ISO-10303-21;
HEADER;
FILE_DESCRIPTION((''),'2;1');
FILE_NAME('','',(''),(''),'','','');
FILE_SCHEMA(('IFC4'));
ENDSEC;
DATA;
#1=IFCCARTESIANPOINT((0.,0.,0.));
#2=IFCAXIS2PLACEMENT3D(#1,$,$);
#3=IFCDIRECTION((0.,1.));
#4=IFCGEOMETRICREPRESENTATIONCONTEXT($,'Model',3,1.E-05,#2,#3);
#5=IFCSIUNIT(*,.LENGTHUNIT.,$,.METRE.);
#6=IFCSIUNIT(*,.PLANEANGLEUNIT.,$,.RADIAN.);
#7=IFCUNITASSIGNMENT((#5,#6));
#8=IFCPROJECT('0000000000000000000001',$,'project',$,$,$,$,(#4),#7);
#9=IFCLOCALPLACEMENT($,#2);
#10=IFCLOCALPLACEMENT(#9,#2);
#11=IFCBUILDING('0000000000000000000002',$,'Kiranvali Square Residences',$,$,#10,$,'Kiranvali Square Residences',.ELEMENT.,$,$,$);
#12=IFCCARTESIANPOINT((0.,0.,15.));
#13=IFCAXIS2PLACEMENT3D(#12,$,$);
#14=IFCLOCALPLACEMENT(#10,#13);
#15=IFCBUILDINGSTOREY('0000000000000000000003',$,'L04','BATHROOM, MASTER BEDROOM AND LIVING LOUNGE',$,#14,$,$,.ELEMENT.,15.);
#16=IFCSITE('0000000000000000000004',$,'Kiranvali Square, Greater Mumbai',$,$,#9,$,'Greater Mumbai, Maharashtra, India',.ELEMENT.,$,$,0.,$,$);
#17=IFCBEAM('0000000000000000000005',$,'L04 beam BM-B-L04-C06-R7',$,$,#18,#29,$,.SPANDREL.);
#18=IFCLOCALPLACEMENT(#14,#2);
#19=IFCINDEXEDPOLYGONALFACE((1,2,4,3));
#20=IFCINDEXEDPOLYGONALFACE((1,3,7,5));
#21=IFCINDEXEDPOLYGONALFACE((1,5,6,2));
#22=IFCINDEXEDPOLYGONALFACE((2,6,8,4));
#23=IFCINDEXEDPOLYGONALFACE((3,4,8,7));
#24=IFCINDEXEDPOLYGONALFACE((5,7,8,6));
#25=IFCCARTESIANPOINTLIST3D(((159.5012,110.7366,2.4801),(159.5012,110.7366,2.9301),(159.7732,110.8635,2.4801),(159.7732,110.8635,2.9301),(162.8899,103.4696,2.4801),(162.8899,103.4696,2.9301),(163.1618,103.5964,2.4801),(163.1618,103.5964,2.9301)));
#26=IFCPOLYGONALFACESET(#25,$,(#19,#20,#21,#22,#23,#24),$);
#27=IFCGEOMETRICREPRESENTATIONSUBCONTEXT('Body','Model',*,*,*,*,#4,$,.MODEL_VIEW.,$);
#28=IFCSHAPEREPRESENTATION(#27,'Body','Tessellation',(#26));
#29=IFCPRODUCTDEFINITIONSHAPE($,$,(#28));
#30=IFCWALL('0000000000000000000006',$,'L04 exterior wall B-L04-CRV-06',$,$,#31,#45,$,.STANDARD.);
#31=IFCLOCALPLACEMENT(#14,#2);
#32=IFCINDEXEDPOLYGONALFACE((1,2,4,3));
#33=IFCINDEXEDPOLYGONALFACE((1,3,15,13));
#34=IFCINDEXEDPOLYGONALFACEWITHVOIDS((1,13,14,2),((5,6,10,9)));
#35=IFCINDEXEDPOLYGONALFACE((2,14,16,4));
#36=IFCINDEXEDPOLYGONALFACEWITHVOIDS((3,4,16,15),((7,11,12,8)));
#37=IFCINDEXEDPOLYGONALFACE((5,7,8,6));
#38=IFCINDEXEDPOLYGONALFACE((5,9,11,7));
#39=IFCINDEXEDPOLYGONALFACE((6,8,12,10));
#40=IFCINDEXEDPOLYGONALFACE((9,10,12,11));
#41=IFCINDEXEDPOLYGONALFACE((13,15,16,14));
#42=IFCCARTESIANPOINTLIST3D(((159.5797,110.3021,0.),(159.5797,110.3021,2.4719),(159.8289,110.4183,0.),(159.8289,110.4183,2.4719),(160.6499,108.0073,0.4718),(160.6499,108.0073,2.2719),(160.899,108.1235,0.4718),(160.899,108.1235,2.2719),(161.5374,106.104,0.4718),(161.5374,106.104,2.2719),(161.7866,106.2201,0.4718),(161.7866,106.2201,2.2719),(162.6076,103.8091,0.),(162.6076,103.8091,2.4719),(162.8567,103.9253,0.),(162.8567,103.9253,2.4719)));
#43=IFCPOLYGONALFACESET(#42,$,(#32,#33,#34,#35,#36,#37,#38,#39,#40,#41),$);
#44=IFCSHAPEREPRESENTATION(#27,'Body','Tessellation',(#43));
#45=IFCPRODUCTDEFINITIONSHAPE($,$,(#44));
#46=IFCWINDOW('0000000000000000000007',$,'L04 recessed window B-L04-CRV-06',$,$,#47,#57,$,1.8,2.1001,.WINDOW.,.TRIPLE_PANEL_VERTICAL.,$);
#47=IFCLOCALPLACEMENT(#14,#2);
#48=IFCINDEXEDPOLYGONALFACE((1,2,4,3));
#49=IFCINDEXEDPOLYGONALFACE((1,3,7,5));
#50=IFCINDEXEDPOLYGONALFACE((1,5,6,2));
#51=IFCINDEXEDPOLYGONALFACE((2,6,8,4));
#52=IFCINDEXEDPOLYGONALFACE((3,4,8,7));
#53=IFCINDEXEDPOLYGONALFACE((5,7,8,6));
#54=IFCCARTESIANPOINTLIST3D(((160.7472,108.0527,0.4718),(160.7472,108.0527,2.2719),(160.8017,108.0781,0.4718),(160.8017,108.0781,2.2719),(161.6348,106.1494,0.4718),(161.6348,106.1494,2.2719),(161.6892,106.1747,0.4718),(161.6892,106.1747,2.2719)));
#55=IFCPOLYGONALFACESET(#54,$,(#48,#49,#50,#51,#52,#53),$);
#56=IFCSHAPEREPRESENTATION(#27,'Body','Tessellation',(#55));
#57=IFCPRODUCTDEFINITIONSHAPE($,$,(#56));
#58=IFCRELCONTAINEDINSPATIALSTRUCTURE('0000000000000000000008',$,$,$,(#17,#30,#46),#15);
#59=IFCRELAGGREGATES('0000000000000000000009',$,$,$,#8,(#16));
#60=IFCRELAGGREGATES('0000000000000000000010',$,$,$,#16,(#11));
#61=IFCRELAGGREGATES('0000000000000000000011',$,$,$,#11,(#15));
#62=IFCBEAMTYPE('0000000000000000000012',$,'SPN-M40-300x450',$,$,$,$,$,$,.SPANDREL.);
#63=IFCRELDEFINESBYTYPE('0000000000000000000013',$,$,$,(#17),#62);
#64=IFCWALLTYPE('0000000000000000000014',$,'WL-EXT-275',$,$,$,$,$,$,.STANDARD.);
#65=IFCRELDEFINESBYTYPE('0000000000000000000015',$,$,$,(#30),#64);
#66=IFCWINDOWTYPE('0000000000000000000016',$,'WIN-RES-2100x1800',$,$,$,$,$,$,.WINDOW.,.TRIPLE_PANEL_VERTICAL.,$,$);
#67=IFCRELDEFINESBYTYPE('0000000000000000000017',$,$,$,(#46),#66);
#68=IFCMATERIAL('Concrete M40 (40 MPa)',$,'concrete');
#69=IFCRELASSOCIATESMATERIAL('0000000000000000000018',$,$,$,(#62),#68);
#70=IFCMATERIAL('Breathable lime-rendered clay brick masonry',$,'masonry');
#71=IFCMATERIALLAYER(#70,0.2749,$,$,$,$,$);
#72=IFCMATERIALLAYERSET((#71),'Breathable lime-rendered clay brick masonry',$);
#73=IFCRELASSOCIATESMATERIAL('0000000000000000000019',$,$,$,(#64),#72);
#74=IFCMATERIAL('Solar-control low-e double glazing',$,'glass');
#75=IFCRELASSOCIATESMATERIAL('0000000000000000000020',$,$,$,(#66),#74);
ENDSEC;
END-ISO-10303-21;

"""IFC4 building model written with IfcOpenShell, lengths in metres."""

from ifc_helpers import new_model, si_unit, direction, frame, frame_2d, origin, origin_2d, place, context, subcontext, project, spatial, rectangle, extrude, material, layer, layer_set, material_profile, profile_set, type_object, element, fill, save


model = new_model("IFC4")

# Units and contexts
model_context = context("Model", 3, precision=1e-05, world=origin(), true_north=direction((0.0, 1.0)))
body_context = subcontext(model_context, "Body", "Model", "MODEL_VIEW")
ifc_project = project(units=[si_unit("LENGTHUNIT", "METRE"), si_unit("PLANEANGLEUNIT", "RADIAN")], contexts=[model_context])

# Site, building, storey
site_placement = place(None, origin())
site = spatial("IfcSite", under=ifc_project, at=site_placement, Name="Kiranvali Square, Greater Mumbai", LongName="Greater Mumbai, Maharashtra, India", CompositionType="ELEMENT", RefElevation=0.0)
building_placement = place(site_placement, origin())
building = spatial("IfcBuilding", under=site, at=building_placement, Name="Kiranvali Square Residences", LongName="Kiranvali Square Residences", CompositionType="ELEMENT")
storey_placement = place(building_placement, frame((0.0, 0.0, 15.0)))
storey = spatial("IfcBuildingStorey", under=building, at=storey_placement, Name="L04", Description="BATHROOM, MASTER BEDROOM AND LIVING LOUNGE", CompositionType="ELEMENT", Elevation=15.0)

# Beam
ifc_material_1 = material(Name="Concrete M40 (40 MPa)", Category="concrete")
ifc_material_profile_1 = material_profile(ifc_material_1, rectangle(XDim=0.3, YDim=0.45, at=origin_2d()), Name="RC 300x450")
ifc_profile_set_1 = profile_set([ifc_material_profile_1], Name="Concrete M40 (40 MPa)")
beam_type_1 = type_object("IfcBeamType", Name="SPN-M40-300x450", PredefinedType="SPANDREL", material=ifc_profile_set_1)
beam_1_placement = place(storey_placement, frame((159.6372, 110.8, 2.7051), z_axis=(0.422615, -0.906309, 0.0), x_axis=(0.906309, 0.422615, 0.0)))
element("IfcBeam", 1, at=beam_1_placement, inside=storey, type_object=beam_type_1, Name="L04 beam BM-B-L04-C06-R7", PredefinedType="SPANDREL", context=body_context, shape_type="SweptSolid", body=[
    extrude(rectangle(XDim=0.3, YDim=0.45, at=origin_2d()), origin(), (0.0, 0.0, 1.0), 8.0183),
])

# Wall, opening, window
ifc_material_2 = material(Name="Breathable lime-rendered clay brick masonry", Category="masonry")
ifc_layer = layer(ifc_material_2, 0.2749)
ifc_layer_set = layer_set([ifc_layer], Name="Breathable lime-rendered clay brick masonry")
wall_type = type_object("IfcWallType", Name="WL-EXT-275", PredefinedType="STANDARD", material=ifc_layer_set)
wall_placement = place(storey_placement, frame((159.7043, 110.3601, 0.0), z_axis=(0.0, 0.0, 1.0), x_axis=(0.422634, -0.906301, 0.0)))
wall = element("IfcWall", 2, at=wall_placement, inside=storey, type_object=wall_type, Name="L04 exterior wall B-L04-CRV-06", PredefinedType="STANDARD", context=body_context, shape_type="SweptSolid", body=[
    extrude(rectangle(XDim=7.1643, YDim=0.2749, at=frame_2d((3.582, 0.0))), origin(), (0.0, 0.0, 1.0), 2.4719),
])
opening_placement = place(wall_placement, frame((2.532, 0.0, 0.4719)))
opening = element("IfcOpeningElement", 3, at=opening_placement, cuts=wall, PredefinedType="OPENING", context=body_context, shape_type="SweptSolid", body=[
    extrude(rectangle(XDim=2.1001, YDim=1.8, at=frame_2d((1.05, 0.8999))), frame((0.0, 0.1475, 0.0), z_axis=(0.0, -1.0, 0.0), x_axis=(1.0, 0.0, 0.0)), (0.0, 0.0, 1.0), 0.2949),
])
ifc_material_3 = material(Name="Solar-control low-e double glazing", Category="glass")
window_type = type_object("IfcWindowType", Name="WIN-RES-2100x1800", PartitioningType="TRIPLE_PANEL_VERTICAL", PredefinedType="WINDOW", material=ifc_material_3)
window_placement = place(opening_placement, origin())
window = element("IfcWindow", 4, at=window_placement, inside=storey, type_object=window_type, Name="L04 recessed window B-L04-CRV-06", OverallHeight=1.8, OverallWidth=2.1001, PartitioningType="TRIPLE_PANEL_VERTICAL", PredefinedType="WINDOW", context=body_context, shape_type="SweptSolid", body=[
    extrude(rectangle(XDim=2.1001, YDim=1.8, at=frame_2d((1.05, 0.8999))), frame((0.0, 0.03, 0.0), z_axis=(0.0, -1.0, 0.0), x_axis=(1.0, 0.0, 0.0)), (0.0, 0.0, 1.0), 0.0601),
])
fill(opening, window)

save(model, "model.ifc")
